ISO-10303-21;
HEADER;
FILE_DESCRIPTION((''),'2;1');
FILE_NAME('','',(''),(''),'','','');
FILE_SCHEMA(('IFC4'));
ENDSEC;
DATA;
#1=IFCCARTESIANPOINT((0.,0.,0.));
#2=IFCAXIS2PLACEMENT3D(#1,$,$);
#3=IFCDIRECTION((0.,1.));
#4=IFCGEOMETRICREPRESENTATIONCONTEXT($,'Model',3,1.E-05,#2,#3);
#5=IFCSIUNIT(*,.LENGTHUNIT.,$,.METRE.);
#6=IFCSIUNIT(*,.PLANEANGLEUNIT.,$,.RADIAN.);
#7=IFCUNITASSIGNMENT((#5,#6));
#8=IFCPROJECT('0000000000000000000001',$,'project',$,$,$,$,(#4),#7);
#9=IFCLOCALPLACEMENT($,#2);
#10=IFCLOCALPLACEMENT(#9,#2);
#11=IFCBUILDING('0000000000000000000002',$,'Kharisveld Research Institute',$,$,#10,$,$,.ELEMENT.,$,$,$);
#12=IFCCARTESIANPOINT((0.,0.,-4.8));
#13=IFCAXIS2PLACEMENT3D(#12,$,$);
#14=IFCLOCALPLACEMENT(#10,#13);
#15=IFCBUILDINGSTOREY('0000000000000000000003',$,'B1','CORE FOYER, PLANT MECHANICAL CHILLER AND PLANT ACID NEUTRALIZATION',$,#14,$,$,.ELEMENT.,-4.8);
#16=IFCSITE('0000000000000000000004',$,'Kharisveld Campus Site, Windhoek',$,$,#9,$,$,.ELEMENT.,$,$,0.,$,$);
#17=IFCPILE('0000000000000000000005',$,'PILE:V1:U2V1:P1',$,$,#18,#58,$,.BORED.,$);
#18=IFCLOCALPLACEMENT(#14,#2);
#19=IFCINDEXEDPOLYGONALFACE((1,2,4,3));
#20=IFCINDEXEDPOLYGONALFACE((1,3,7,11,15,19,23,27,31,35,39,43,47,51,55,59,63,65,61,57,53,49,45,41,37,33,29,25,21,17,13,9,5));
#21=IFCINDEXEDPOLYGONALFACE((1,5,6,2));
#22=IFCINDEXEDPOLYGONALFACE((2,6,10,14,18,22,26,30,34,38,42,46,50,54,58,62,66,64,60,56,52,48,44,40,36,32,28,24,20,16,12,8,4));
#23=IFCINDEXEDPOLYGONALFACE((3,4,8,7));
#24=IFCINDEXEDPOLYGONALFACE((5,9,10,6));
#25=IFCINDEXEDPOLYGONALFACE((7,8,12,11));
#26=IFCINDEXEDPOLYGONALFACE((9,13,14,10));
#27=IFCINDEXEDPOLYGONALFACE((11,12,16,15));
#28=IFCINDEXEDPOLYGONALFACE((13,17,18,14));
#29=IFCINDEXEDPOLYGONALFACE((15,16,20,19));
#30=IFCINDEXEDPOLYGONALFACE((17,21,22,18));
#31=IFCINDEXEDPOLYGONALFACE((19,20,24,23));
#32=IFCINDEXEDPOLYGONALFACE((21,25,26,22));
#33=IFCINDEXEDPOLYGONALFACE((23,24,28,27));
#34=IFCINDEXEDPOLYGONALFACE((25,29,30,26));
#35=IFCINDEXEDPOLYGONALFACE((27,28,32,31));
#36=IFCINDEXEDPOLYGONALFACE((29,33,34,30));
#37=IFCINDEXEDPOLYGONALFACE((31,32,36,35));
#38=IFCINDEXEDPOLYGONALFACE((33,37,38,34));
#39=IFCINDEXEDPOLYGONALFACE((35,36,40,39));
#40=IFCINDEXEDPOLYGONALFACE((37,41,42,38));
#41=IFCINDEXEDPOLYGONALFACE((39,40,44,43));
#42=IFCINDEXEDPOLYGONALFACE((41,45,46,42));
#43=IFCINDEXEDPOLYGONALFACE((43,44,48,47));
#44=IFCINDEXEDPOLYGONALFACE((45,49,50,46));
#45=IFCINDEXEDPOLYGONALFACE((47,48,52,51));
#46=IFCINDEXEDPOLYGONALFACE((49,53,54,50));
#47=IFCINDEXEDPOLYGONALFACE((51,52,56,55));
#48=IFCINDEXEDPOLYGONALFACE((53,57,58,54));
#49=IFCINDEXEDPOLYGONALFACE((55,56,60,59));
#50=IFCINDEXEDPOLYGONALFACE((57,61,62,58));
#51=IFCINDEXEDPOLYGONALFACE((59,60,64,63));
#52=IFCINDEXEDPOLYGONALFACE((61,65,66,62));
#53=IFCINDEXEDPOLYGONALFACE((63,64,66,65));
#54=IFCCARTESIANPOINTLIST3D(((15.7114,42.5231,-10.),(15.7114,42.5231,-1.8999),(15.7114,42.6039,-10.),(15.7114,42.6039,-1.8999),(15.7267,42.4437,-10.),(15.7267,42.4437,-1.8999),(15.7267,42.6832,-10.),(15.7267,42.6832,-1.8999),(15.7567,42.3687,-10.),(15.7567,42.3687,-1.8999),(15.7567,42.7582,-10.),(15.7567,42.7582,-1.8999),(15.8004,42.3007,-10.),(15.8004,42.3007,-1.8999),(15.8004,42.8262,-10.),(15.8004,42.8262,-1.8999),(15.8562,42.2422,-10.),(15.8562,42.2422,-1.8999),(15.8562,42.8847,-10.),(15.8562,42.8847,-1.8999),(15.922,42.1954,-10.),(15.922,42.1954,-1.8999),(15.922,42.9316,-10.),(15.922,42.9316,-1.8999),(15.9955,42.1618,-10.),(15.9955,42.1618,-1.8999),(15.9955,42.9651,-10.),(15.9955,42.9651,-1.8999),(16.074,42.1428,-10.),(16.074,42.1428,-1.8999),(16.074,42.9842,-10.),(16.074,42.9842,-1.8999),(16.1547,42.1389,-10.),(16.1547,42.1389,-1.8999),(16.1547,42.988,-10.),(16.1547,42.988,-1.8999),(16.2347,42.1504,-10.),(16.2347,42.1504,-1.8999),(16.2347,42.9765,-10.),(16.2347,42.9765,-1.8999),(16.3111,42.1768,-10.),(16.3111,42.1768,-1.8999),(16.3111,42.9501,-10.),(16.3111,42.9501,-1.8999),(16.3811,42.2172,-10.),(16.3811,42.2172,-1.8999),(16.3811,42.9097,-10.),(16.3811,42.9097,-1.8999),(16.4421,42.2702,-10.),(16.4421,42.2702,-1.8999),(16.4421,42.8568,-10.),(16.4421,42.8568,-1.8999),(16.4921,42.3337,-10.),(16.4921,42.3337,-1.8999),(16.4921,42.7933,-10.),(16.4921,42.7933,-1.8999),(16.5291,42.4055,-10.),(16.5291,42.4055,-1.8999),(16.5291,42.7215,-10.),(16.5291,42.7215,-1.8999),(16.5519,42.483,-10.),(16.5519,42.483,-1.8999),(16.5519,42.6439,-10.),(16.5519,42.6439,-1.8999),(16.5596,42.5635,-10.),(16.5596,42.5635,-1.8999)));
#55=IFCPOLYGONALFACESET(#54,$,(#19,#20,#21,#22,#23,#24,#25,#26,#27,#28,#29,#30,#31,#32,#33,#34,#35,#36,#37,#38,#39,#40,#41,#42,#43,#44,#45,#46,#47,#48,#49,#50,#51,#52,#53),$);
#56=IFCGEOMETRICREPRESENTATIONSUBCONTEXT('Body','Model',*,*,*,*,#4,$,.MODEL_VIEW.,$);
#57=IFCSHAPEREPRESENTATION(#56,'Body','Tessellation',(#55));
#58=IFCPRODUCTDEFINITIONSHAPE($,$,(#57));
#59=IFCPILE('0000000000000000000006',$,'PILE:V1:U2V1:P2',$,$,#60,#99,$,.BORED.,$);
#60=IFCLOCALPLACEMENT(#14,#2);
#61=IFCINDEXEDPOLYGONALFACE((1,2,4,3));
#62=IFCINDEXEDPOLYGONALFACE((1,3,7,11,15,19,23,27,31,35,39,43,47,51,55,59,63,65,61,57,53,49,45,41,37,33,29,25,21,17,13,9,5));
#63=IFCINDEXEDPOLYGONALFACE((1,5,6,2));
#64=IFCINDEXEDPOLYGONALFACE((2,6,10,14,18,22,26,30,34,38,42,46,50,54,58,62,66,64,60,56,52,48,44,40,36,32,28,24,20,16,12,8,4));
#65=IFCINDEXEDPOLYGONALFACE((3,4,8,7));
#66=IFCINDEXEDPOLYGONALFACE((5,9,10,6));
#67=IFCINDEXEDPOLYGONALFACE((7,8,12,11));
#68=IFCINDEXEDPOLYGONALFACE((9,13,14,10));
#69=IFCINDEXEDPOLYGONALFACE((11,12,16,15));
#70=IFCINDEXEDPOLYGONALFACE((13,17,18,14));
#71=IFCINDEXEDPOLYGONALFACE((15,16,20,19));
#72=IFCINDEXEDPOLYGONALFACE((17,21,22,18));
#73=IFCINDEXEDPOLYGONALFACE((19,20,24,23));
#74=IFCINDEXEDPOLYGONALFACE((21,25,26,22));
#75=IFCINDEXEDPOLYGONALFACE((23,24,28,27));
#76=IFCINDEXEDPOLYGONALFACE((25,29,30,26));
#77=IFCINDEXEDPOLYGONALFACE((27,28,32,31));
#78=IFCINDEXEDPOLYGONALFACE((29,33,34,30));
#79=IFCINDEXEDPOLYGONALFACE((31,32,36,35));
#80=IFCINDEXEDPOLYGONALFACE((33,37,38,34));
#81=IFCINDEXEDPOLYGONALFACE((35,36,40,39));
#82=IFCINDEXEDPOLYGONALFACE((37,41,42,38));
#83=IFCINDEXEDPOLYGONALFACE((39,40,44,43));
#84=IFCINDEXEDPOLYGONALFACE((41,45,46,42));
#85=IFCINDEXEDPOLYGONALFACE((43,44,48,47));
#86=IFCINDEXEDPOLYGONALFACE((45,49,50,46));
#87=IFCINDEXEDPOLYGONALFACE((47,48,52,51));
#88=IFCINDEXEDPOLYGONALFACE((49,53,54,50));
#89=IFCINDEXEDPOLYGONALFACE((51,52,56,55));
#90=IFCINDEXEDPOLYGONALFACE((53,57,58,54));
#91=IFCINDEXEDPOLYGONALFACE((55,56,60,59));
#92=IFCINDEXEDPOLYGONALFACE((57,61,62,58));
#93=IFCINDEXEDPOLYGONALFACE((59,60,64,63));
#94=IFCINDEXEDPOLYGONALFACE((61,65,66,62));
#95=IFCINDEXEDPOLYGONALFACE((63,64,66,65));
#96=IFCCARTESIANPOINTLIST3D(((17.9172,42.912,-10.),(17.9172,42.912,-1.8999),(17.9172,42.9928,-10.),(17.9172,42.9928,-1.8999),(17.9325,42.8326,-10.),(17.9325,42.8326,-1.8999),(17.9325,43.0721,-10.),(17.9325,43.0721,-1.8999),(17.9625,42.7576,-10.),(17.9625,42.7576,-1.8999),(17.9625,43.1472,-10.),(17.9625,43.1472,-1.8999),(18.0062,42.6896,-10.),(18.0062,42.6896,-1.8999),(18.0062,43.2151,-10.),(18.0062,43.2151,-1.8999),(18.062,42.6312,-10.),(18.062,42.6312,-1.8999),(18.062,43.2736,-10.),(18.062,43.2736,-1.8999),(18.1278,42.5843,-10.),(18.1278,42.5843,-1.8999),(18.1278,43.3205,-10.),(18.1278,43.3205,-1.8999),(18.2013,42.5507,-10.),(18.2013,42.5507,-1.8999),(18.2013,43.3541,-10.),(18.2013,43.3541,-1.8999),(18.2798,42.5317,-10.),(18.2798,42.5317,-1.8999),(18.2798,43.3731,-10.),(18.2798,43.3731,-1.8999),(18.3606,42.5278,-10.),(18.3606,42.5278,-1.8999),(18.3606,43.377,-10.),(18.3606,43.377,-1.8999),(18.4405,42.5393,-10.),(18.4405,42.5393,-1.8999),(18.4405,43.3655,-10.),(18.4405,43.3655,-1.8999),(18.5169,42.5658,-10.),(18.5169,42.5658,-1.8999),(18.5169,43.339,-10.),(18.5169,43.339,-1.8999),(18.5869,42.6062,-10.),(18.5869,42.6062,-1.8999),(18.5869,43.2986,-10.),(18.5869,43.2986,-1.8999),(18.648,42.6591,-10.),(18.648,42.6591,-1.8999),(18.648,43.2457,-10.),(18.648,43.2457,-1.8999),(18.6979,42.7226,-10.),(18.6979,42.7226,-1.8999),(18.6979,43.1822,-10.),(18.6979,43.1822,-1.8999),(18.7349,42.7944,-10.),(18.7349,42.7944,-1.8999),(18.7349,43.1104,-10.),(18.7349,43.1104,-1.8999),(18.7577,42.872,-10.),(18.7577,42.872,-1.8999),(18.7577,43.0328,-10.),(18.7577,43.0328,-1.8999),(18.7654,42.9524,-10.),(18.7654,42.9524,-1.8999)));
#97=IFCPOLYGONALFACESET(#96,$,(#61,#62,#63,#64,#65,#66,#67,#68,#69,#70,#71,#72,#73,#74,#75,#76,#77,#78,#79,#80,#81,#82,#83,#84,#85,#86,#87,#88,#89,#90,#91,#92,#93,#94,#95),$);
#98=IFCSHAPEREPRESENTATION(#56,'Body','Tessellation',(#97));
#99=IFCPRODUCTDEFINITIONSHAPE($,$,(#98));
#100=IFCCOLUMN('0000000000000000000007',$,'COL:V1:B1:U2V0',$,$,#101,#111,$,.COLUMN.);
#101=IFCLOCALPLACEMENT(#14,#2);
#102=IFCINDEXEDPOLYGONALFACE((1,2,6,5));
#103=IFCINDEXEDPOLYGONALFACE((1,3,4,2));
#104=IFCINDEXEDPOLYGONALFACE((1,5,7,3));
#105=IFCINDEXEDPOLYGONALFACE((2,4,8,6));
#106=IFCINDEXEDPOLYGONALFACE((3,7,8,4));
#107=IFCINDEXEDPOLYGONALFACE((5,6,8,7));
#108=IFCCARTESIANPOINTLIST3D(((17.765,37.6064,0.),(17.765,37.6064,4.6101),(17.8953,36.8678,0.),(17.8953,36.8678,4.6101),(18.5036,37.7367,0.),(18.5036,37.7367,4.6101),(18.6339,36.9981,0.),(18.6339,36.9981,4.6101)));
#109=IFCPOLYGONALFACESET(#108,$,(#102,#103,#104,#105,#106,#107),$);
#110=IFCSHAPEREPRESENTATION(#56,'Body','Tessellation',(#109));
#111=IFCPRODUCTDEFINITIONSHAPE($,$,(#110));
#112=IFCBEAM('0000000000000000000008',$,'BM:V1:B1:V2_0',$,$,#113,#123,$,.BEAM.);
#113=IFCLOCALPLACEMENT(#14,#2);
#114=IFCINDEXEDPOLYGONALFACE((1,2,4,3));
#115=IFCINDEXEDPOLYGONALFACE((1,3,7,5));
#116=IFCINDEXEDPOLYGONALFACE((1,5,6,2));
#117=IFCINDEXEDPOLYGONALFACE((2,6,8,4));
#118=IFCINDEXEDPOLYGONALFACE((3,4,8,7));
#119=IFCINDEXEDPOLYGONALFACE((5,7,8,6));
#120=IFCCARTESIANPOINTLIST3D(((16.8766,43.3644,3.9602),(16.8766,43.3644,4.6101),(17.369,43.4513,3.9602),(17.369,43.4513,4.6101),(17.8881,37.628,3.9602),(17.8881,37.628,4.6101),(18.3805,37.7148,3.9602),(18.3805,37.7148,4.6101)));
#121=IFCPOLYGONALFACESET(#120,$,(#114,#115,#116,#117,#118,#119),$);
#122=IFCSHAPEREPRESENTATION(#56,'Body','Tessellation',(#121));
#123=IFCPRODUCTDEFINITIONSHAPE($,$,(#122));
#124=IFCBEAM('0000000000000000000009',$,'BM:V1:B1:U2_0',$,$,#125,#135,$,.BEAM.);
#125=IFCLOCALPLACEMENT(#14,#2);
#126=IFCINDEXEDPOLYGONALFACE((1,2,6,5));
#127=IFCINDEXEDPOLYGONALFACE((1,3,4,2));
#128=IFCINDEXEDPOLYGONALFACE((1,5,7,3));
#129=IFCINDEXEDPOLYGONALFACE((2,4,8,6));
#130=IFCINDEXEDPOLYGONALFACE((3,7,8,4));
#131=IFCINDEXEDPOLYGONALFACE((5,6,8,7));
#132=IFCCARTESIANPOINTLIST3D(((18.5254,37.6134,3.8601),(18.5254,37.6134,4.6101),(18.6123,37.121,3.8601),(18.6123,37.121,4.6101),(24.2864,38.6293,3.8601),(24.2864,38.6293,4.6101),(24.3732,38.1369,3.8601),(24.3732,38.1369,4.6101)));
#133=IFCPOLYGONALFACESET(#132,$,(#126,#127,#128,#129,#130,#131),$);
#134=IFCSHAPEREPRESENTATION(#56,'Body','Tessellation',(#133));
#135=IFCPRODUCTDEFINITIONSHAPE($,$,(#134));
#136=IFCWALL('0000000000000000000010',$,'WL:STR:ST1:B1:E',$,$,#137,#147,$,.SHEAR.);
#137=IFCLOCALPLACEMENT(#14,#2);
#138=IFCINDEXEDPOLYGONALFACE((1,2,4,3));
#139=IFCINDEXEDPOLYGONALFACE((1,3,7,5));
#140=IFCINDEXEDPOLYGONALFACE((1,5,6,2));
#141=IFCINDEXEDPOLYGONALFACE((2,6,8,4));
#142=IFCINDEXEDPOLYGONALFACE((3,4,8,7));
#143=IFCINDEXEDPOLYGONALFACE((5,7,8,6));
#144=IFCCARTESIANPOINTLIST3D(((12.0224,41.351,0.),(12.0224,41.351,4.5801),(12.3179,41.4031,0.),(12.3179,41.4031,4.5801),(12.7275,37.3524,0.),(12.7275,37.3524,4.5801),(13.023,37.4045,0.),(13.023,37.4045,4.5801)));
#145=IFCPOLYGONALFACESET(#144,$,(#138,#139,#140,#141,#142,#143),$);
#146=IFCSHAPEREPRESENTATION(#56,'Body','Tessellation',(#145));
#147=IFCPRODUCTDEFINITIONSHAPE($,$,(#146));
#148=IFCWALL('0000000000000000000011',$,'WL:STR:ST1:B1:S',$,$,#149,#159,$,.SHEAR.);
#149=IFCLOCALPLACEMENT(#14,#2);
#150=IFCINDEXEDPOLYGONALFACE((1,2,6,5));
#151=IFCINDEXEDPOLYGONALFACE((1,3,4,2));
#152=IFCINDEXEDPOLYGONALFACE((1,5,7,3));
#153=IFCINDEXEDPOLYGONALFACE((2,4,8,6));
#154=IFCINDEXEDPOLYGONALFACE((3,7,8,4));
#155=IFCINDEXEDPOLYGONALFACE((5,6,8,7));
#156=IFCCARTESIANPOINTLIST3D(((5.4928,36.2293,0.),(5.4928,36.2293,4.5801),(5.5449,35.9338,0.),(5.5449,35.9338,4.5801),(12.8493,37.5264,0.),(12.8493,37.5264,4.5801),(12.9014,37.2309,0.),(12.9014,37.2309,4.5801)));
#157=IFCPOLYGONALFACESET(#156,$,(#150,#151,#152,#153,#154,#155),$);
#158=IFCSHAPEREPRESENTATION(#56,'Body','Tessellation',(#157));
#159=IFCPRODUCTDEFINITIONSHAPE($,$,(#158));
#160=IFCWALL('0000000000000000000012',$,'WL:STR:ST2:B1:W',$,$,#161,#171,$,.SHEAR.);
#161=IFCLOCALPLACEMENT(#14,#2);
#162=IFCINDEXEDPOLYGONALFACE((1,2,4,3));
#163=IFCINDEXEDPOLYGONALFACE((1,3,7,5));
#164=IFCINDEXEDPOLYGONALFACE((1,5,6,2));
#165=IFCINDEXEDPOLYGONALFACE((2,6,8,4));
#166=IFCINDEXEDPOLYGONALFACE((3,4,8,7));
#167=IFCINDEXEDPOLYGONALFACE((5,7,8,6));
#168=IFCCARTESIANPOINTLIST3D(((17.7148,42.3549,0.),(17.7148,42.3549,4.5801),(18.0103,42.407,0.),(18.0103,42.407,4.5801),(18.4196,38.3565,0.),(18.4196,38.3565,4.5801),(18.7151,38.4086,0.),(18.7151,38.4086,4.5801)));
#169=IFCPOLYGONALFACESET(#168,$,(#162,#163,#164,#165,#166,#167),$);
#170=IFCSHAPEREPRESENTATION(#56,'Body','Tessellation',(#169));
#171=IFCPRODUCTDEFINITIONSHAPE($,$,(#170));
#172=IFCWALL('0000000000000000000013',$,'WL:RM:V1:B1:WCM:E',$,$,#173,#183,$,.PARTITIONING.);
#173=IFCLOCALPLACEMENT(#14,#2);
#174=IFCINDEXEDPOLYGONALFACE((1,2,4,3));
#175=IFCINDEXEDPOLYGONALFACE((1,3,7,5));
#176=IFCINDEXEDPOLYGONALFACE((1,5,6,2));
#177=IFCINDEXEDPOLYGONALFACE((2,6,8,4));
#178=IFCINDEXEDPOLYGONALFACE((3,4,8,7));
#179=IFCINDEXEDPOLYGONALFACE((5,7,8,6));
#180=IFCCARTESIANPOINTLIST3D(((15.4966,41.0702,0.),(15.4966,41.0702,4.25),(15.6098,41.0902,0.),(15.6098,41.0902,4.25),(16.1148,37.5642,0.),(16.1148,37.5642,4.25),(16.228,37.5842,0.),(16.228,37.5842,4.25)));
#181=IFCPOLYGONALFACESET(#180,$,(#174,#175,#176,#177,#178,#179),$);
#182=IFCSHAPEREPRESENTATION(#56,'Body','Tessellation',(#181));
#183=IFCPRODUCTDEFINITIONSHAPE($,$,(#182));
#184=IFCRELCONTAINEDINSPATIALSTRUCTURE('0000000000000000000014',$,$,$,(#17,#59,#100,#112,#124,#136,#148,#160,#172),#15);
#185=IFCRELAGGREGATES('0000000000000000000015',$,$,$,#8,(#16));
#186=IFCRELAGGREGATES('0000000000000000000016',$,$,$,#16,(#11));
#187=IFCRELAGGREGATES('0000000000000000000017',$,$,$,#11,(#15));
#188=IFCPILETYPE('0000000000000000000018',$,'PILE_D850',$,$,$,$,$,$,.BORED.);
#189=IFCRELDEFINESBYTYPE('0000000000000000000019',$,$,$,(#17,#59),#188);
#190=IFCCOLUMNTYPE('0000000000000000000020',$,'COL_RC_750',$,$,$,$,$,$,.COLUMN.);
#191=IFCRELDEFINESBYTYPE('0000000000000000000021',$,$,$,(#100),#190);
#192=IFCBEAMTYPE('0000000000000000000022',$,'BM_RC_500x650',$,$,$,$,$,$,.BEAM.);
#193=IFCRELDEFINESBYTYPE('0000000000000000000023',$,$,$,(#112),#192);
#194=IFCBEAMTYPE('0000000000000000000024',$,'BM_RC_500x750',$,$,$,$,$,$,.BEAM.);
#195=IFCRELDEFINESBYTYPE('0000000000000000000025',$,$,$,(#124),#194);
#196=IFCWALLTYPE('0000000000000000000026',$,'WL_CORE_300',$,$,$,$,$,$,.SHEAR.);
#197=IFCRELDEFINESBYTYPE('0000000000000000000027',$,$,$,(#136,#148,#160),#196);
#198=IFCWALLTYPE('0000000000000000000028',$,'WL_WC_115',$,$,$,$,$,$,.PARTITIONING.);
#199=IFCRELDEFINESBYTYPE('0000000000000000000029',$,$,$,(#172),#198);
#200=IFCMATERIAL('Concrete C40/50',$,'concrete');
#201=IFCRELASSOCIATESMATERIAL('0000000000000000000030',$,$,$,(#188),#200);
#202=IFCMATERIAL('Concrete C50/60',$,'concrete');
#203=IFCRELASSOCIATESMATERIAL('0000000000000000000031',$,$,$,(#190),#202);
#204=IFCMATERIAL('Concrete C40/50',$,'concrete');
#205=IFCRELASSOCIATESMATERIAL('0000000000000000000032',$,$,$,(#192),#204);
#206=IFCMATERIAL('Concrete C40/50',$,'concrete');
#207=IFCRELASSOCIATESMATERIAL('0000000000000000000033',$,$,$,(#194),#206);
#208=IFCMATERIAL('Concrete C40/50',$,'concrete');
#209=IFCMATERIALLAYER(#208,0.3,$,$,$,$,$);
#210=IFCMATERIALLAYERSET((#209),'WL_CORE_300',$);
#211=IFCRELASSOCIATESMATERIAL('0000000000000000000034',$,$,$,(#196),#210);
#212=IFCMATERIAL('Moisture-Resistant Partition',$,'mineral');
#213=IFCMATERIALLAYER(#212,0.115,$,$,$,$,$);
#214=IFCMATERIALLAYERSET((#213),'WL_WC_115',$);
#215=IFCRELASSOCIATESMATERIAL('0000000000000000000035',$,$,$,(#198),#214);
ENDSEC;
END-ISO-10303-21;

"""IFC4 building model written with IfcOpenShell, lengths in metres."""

from ifc_helpers import new_model, si_unit, direction, frame, frame_2d, origin, origin_2d, place, context, subcontext, project, spatial, rectangle, circle, extrude, material, layer, layer_set, material_profile, profile_set, type_object, element, save


model = new_model("IFC4")

# Units and contexts
model_context = context("Model", 3, precision=1e-05, world=origin(), true_north=direction((0.0, 1.0)))
body_context = subcontext(model_context, "Body", "Model", "MODEL_VIEW")
ifc_project = project(units=[si_unit("LENGTHUNIT", "METRE"), si_unit("PLANEANGLEUNIT", "RADIAN")], contexts=[model_context])

# Site, building, storey
site_placement = place(None, origin())
site = spatial("IfcSite", under=ifc_project, at=site_placement, Name="Kharisveld Campus Site, Windhoek", CompositionType="ELEMENT", RefElevation=0.0)
building_placement = place(site_placement, origin())
building = spatial("IfcBuilding", under=site, at=building_placement, Name="Kharisveld Research Institute", CompositionType="ELEMENT")
storey_placement = place(building_placement, frame((0.0, 0.0, -4.8)))
storey = spatial("IfcBuildingStorey", under=building, at=storey_placement, Name="B1", Description="CORE FOYER, PLANT MECHANICAL CHILLER AND PLANT ACID NEUTRALIZATION", CompositionType="ELEMENT", Elevation=-4.8)

# Piles
ifc_material_1 = material(Name="Concrete C40/50", Category="concrete")
ifc_material_profile_1 = material_profile(ifc_material_1, circle(Radius=0.425, at=origin_2d()))
ifc_profile_set_1 = profile_set([ifc_material_profile_1], Name="Concrete C40/50")
pile_type_1 = type_object("IfcPileType", Name="PILE_D850", PredefinedType="BORED", material=ifc_profile_set_1)
for number, where, z_axis, x_axis, name in (
    (1, (16.1345, 42.5635, -1.8999), (0.0, 0.0, -1.0), (1.0, 0.0, 0.0), "PILE:V1:U2V1:P1"),
    (2, (18.3403, 42.9524, -1.8999), (0.0, 0.0, -1.0), (1.0, 0.0, 0.0), "PILE:V1:U2V1:P2"),
):
    element("IfcPile", number, at=place(storey_placement, frame(where, z_axis=z_axis, x_axis=x_axis)), inside=storey, type_object=pile_type_1, Name=name, PredefinedType="BORED", context=body_context, shape_type="SweptSolid", body=[
        extrude(circle(Radius=0.425, at=origin_2d()), origin(), (0.0, 0.0, 1.0), 8.1001),
    ])

# Column
ifc_material_2 = material(Name="Concrete C50/60", Category="concrete")
ifc_material_profile_2 = material_profile(ifc_material_2, rectangle(XDim=0.75, YDim=0.75, at=origin_2d()))
ifc_profile_set_2 = profile_set([ifc_material_profile_2], Name="Concrete C50/60")
column_type = type_object("IfcColumnType", Name="COL_RC_750", PredefinedType="COLUMN", material=ifc_profile_set_2)
column_placement = place(storey_placement, frame((18.1995, 37.3022, 0.0), z_axis=(0.0, 0.0, 1.0), x_axis=(0.984808, 0.173648, 0.0)))
element("IfcColumn", 3, at=column_placement, inside=storey, type_object=column_type, Name="COL:V1:B1:U2V0", PredefinedType="COLUMN", context=body_context, shape_type="SweptSolid", body=[
    extrude(rectangle(XDim=0.75, YDim=0.75, at=origin_2d()), origin(), (0.0, 0.0, 1.0), 4.6101),
])

# Beams
ifc_material_3 = material(Name="Concrete C40/50", Category="concrete")
ifc_material_profile_3 = material_profile(ifc_material_3, rectangle(XDim=0.5, YDim=0.6499, at=origin_2d()))
ifc_profile_set_3 = profile_set([ifc_material_profile_3], Name="Concrete C40/50")
beam_type_1 = type_object("IfcBeamType", Name="BM_RC_500x650", PredefinedType="BEAM", material=ifc_profile_set_3)
beam_1_placement = place(storey_placement, frame((18.1343, 37.6714, 4.2852), z_axis=(-0.173642, 0.984809, 0.0), x_axis=(-0.984809, -0.173642, 0.0)))
element("IfcBeam", 4, at=beam_1_placement, inside=storey, type_object=beam_type_1, Name="BM:V1:B1:V2_0", PredefinedType="BEAM", context=body_context, shape_type="SweptSolid", body=[
    extrude(rectangle(XDim=0.5, YDim=0.6499, at=origin_2d()), origin(), (0.0, 0.0, 1.0), 5.825),
])
ifc_material_4 = material(Name="Concrete C40/50", Category="concrete")
ifc_material_profile_4 = material_profile(ifc_material_4, rectangle(XDim=0.5, YDim=0.75, at=origin_2d()))
ifc_profile_set_4 = profile_set([ifc_material_profile_4], Name="Concrete C40/50")
beam_type_2 = type_object("IfcBeamType", Name="BM_RC_500x750", PredefinedType="BEAM", material=ifc_profile_set_4)
beam_2_placement = place(storey_placement, frame((18.5688, 37.3672, 4.2351), z_axis=(0.984806, 0.173657, 0.0), x_axis=(-0.173657, 0.984806, 0.0)))
element("IfcBeam", 5, at=beam_2_placement, inside=storey, type_object=beam_type_2, Name="BM:V1:B1:U2_0", PredefinedType="BEAM", context=body_context, shape_type="SweptSolid", body=[
    extrude(rectangle(XDim=0.5, YDim=0.75, at=origin_2d()), origin(), (0.0, 0.0, 1.0), 5.8499),
])

# Walls
ifc_material_5 = material(Name="Concrete C40/50", Category="concrete")
ifc_layer_1 = layer(ifc_material_5, 0.3)
ifc_layer_set_1 = layer_set([ifc_layer_1], Name="WL_CORE_300")
wall_type_1 = type_object("IfcWallType", Name="WL_CORE_300", PredefinedType="SHEAR", material=ifc_layer_set_1)
wall_1_placement = place(storey_placement, frame((12.1702, 41.3772, 0.0), z_axis=(0.0, 0.0, 1.0), x_axis=(0.173655, -0.984807, 0.0)))
element("IfcWall", 6, at=wall_1_placement, inside=storey, type_object=wall_type_1, Name="WL:STR:ST1:B1:E", PredefinedType="SHEAR", context=body_context, shape_type="SweptSolid", body=[
    extrude(rectangle(XDim=4.0603, YDim=0.3, at=frame_2d((2.0303, 0.0))), origin(), (0.0, 0.0, 1.0), 4.5801),
])
wall_2_placement = place(storey_placement, frame((12.8752, 37.3787, 0.0), z_axis=(0.0, 0.0, 1.0), x_axis=(-0.984808, -0.173645, 0.0)))
element("IfcWall", 7, at=wall_2_placement, inside=storey, type_object=wall_type_1, Name="WL:STR:ST1:B1:S", PredefinedType="SHEAR", context=body_context, shape_type="SweptSolid", body=[
    extrude(rectangle(XDim=7.47, YDim=0.3, at=frame_2d((3.7349, 0.0))), origin(), (0.0, 0.0, 1.0), 4.5801),
])
wall_3_placement = place(storey_placement, frame((18.5674, 38.3826, 0.0), z_axis=(0.0, 0.0, 1.0), x_axis=(-0.173607, 0.984815, 0.0)))
element("IfcWall", 8, at=wall_3_placement, inside=storey, type_object=wall_type_1, Name="WL:STR:ST2:B1:W", PredefinedType="SHEAR", context=body_context, shape_type="SweptSolid", body=[
    extrude(rectangle(XDim=4.0601, YDim=0.3, at=frame_2d((2.03, 0.0))), origin(), (0.0, 0.0, 1.0), 4.5801),
])

# Wall
ifc_material_6 = material(Name="Moisture-Resistant Partition", Category="mineral")
ifc_layer_2 = layer(ifc_material_6, 0.115)
ifc_layer_set_2 = layer_set([ifc_layer_2], Name="WL_WC_115")
wall_type_2 = type_object("IfcWallType", Name="WL_WC_115", PredefinedType="PARTITIONING", material=ifc_layer_set_2)
wall_4_placement = place(storey_placement, frame((16.1714, 37.5742, 0.0), z_axis=(0.0, 0.0, 1.0), x_axis=(-0.173644, 0.984808, 0.0)))
element("IfcWall", 9, at=wall_4_placement, inside=storey, type_object=wall_type_2, Name="WL:RM:V1:B1:WCM:E", PredefinedType="PARTITIONING", context=body_context, shape_type="SweptSolid", body=[
    extrude(rectangle(XDim=3.5601, YDim=0.115, at=frame_2d((1.78, 0.0))), origin(), (0.0, 0.0, 1.0), 4.25),
])

save(model, "model.ifc")
